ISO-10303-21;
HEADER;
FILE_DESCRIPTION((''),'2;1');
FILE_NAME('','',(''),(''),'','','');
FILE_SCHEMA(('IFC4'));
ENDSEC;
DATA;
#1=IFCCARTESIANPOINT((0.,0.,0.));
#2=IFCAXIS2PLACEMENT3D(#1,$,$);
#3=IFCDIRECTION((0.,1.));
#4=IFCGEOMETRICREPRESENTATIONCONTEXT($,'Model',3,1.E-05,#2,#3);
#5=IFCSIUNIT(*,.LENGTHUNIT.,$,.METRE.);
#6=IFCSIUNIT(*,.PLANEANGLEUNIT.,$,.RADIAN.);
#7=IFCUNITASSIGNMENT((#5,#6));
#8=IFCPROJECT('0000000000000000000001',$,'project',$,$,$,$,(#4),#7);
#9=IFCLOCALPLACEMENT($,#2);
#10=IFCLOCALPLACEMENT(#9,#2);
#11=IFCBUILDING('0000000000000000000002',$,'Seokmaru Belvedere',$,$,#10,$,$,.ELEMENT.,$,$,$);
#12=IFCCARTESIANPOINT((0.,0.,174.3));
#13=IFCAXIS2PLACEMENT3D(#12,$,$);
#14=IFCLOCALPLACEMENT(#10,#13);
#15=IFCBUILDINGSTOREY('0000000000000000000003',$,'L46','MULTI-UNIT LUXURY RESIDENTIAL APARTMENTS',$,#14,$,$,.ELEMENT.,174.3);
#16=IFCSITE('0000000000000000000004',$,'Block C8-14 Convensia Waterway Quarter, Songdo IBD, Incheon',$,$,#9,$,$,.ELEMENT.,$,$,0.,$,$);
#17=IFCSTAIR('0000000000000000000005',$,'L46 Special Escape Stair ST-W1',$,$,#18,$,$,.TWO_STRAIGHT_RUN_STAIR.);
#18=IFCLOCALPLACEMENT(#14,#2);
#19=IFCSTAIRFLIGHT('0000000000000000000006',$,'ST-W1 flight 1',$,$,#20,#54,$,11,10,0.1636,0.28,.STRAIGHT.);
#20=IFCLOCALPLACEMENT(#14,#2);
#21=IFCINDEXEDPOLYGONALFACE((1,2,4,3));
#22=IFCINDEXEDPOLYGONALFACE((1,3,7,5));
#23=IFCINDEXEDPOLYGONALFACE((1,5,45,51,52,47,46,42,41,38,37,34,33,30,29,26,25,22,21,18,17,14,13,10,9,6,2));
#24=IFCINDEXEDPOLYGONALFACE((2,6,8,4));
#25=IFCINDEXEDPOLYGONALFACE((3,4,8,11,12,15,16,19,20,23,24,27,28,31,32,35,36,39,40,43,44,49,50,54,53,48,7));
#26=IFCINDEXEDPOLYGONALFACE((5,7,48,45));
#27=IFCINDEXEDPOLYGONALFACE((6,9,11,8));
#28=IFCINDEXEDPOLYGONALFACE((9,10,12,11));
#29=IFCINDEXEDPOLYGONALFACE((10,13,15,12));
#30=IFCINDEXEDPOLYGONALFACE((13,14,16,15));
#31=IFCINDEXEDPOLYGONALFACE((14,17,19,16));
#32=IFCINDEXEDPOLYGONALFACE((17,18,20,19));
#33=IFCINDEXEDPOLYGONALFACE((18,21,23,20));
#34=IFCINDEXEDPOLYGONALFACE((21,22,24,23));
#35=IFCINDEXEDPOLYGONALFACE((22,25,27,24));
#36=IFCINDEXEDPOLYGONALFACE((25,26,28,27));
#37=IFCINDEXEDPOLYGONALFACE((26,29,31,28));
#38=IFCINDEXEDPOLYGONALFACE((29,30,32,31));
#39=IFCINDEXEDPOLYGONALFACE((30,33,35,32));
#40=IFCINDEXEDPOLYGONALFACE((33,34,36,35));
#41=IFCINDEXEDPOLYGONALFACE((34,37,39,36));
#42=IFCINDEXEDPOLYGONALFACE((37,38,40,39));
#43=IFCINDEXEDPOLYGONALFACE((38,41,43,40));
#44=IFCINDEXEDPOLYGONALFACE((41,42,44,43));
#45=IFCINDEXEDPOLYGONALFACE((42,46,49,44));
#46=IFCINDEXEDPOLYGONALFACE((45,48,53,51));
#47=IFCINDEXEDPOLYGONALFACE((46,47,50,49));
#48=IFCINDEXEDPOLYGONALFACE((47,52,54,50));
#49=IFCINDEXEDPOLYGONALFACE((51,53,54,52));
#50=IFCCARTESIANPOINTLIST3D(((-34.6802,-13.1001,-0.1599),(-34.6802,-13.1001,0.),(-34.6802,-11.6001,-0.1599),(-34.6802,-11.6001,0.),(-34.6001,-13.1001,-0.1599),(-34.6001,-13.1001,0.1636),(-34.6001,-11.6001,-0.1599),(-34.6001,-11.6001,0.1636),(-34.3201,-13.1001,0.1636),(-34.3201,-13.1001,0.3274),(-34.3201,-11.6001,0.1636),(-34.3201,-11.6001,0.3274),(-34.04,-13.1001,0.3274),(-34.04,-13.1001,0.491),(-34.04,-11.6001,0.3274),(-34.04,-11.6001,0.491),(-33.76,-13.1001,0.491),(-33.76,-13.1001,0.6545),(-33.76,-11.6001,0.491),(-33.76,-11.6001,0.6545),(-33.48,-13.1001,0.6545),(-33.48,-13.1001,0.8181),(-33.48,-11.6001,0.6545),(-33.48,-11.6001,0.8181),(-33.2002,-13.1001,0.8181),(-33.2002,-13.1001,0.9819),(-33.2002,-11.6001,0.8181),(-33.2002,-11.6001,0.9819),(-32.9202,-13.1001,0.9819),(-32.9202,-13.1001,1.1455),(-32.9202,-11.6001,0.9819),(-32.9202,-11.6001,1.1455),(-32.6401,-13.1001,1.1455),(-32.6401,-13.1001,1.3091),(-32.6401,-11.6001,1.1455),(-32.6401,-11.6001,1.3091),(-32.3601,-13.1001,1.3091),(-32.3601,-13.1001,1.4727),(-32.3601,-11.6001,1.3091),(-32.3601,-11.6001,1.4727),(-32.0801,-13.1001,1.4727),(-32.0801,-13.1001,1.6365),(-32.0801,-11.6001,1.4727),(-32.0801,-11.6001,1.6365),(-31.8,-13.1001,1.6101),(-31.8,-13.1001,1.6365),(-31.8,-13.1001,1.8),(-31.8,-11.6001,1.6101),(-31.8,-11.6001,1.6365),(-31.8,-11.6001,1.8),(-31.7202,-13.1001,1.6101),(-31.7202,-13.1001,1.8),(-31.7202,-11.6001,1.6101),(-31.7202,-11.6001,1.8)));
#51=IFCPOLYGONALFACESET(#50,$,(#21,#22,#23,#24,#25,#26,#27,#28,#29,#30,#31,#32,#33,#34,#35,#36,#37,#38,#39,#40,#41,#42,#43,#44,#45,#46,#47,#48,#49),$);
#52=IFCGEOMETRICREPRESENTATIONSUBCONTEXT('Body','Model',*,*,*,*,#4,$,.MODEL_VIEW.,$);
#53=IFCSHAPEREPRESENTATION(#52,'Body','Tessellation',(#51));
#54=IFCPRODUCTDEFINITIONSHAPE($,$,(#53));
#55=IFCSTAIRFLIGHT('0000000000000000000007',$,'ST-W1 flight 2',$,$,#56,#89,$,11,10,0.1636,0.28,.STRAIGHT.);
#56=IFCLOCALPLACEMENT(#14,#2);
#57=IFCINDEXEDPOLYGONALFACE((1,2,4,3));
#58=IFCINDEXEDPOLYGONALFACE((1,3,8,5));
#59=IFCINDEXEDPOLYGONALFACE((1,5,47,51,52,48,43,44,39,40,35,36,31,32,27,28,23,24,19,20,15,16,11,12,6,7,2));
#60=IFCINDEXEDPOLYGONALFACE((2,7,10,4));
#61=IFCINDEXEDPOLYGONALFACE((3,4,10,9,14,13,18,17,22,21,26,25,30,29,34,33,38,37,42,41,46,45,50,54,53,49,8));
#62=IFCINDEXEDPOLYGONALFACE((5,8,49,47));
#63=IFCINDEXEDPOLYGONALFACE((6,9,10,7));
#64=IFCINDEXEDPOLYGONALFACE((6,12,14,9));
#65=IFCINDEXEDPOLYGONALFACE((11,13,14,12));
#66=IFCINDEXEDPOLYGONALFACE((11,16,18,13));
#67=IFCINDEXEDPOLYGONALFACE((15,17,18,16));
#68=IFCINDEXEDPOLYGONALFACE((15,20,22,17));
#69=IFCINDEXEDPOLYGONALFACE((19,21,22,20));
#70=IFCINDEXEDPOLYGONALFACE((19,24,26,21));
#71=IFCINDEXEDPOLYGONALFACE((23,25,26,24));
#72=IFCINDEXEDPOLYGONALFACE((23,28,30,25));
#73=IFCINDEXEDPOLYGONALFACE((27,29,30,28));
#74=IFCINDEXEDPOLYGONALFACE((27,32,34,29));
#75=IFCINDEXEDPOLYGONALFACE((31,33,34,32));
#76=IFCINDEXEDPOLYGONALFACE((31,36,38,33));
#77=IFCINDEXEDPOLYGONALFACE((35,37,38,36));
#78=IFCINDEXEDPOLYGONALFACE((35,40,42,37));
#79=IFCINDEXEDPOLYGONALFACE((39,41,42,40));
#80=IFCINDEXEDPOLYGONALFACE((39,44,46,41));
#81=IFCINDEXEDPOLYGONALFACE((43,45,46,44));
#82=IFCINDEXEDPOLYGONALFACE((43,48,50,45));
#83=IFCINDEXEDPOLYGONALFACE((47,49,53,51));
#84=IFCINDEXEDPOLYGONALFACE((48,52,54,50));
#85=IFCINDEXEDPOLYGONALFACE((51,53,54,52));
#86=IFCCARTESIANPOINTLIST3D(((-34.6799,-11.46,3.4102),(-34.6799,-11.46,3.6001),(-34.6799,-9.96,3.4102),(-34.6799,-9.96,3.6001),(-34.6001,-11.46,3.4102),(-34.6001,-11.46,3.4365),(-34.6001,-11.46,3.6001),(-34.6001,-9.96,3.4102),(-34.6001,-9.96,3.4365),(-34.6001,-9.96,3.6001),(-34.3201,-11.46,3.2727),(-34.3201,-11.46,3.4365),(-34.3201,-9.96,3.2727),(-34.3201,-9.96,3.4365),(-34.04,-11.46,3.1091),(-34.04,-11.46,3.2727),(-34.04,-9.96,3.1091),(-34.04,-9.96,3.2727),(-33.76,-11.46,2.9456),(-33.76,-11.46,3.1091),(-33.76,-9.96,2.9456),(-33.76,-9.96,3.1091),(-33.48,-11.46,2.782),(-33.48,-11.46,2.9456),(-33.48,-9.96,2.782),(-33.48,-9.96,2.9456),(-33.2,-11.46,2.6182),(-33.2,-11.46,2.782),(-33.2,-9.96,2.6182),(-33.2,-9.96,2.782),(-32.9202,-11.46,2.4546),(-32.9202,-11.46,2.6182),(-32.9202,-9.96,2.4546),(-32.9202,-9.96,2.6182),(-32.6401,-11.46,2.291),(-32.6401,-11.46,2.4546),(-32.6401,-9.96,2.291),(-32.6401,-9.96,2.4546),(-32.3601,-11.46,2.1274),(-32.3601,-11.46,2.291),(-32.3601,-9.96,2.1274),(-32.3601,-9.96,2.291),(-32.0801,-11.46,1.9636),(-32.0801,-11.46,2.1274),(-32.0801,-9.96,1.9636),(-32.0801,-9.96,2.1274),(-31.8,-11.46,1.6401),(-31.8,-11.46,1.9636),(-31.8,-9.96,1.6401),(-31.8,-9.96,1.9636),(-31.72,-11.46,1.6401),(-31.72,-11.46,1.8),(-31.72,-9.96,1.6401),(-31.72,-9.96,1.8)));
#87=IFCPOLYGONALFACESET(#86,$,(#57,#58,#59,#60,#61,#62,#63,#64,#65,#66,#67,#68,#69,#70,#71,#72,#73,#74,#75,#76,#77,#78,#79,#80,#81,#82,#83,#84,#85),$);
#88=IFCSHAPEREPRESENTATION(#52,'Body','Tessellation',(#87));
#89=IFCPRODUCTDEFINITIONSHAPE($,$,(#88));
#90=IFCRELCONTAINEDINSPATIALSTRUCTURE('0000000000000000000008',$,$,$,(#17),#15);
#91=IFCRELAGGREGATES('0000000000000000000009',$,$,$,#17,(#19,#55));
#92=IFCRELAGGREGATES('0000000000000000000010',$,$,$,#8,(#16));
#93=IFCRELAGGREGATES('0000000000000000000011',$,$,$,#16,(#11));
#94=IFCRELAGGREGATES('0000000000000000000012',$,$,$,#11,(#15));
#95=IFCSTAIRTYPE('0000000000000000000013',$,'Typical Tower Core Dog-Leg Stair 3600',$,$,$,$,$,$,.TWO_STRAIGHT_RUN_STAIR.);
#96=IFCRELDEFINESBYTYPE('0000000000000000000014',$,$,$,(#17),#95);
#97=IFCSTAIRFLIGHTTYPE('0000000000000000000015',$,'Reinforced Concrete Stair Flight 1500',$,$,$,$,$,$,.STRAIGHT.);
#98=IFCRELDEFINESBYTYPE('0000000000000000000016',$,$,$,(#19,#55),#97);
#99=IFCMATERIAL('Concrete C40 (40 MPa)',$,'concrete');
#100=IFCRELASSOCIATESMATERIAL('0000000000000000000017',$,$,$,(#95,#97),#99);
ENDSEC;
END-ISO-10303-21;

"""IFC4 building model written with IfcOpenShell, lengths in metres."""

from ifc_helpers import new_model, si_unit, direction, frame, origin, place, context, subcontext, project, spatial, polyline, outline, extrude, material, type_object, element, aggregate, save


model = new_model("IFC4")

# Units and contexts
model_context = context("Model", 3, precision=1e-05, world=origin(), true_north=direction((0.0, 1.0)))
body_context = subcontext(model_context, "Body", "Model", "MODEL_VIEW")
ifc_project = project(units=[si_unit("LENGTHUNIT", "METRE"), si_unit("PLANEANGLEUNIT", "RADIAN")], contexts=[model_context])

# Site, building, storey
site_placement = place(None, origin())
site = spatial("IfcSite", under=ifc_project, at=site_placement, Name="Block C8-14 Convensia Waterway Quarter, Songdo IBD, Incheon", CompositionType="ELEMENT", RefElevation=0.0)
building_placement = place(site_placement, origin())
building = spatial("IfcBuilding", under=site, at=building_placement, Name="Seokmaru Belvedere", CompositionType="ELEMENT")
storey_placement = place(building_placement, frame((0.0, 0.0, 174.3)))
storey = spatial("IfcBuildingStorey", under=building, at=storey_placement, Name="L46", Description="MULTI-UNIT LUXURY RESIDENTIAL APARTMENTS", CompositionType="ELEMENT", Elevation=174.3)

# Stair, stair flights
ifc_material_1 = material(Name="Concrete C40 (40 MPa)", Category="concrete")
stair_type = type_object("IfcStairType", Name="Typical Tower Core Dog-Leg Stair 3600", PredefinedType="TWO_STRAIGHT_RUN_STAIR", material=ifc_material_1)
stair_placement = place(storey_placement, origin())
stair = element("IfcStair", 1, at=stair_placement, inside=storey, type_object=stair_type, Name="L46 Special Escape Stair ST-W1", PredefinedType="TWO_STRAIGHT_RUN_STAIR")
stair_flight_type = type_object("IfcStairFlightType", Name="Reinforced Concrete Stair Flight 1500", PredefinedType="STRAIGHT", material=ifc_material_1)
stair_flight_1_placement = place(storey_placement, frame((-34.6001, -12.3501, 0.0), z_axis=(0.0, 0.0, 1.0), x_axis=(1.0, 0.0, 0.0)))
stair_flight_1 = element("IfcStairFlight", 2, at=stair_flight_1_placement, type_object=stair_flight_type, Name="ST-W1 flight 1", NumberOfRisers=11, NumberOfTreads=10, PredefinedType="STRAIGHT", RiserHeight=0.1636, TreadLength=0.28, context=body_context, shape_type="SweptSolid", body=[
    extrude(outline(polyline([(-0.0801, 0.0), (0.0, 0.1636), (0.28, 0.1636), (0.28, 0.3274), (0.5601, 0.3274), (0.5601, 0.491), (0.8401, 0.491), (0.8401, 0.6545), (1.1201, 0.6545), (1.1201, 0.8181), (1.3999, 0.8181), (1.3999, 0.9819), (1.6799, 0.9819), (1.6799, 1.1455), (1.96, 1.1455), (1.96, 1.3091), (2.24, 1.3091), (2.24, 1.4727), (2.52, 1.4727), (2.52, 1.6365), (2.8, 1.6365), (2.8, 1.8), (2.8799, 1.8), (2.8799, 1.6101), (2.8, 1.6101), (0.0, -0.1599), (-0.0801, -0.1599), (-0.0801, 0.0)])), frame((0.0, 0.75, 0.0), z_axis=(0.0, -1.0, 0.0), x_axis=(1.0, 0.0, 0.0)), (0.0, 0.0, 1.0), 1.5),
])
stair_flight_2_placement = place(storey_placement, frame((-31.8, -10.71, 1.8), z_axis=(0.0, 0.0, 1.0), x_axis=(-1.0, 0.0, 0.0)))
stair_flight_2 = element("IfcStairFlight", 3, at=stair_flight_2_placement, type_object=stair_flight_type, Name="ST-W1 flight 2", NumberOfRisers=11, NumberOfTreads=10, PredefinedType="STRAIGHT", RiserHeight=0.1636, TreadLength=0.28, context=body_context, shape_type="SweptSolid", body=[
    extrude(outline(polyline([(-0.0801, 0.0), (0.0, 0.1636), (0.28, 0.1636), (0.28, 0.3274), (0.5601, 0.3274), (0.5601, 0.491), (0.8401, 0.491), (0.8401, 0.6545), (1.1201, 0.6545), (1.1201, 0.8181), (1.3999, 0.8181), (1.3999, 0.9819), (1.6799, 0.9819), (1.6799, 1.1455), (1.96, 1.1455), (1.96, 1.3091), (2.24, 1.3091), (2.24, 1.4727), (2.52, 1.4727), (2.52, 1.6365), (2.8, 1.6365), (2.8, 1.8), (2.8799, 1.8), (2.8799, 1.6101), (2.8, 1.6101), (0.0, -0.1599), (-0.0801, -0.1599), (-0.0801, 0.0)])), frame((0.0, 0.75, 0.0), z_axis=(0.0, -1.0, 0.0), x_axis=(1.0, 0.0, 0.0)), (0.0, 0.0, 1.0), 1.5),
])
aggregate(stair, [stair_flight_1, stair_flight_2])

save(model, "model.ifc")
